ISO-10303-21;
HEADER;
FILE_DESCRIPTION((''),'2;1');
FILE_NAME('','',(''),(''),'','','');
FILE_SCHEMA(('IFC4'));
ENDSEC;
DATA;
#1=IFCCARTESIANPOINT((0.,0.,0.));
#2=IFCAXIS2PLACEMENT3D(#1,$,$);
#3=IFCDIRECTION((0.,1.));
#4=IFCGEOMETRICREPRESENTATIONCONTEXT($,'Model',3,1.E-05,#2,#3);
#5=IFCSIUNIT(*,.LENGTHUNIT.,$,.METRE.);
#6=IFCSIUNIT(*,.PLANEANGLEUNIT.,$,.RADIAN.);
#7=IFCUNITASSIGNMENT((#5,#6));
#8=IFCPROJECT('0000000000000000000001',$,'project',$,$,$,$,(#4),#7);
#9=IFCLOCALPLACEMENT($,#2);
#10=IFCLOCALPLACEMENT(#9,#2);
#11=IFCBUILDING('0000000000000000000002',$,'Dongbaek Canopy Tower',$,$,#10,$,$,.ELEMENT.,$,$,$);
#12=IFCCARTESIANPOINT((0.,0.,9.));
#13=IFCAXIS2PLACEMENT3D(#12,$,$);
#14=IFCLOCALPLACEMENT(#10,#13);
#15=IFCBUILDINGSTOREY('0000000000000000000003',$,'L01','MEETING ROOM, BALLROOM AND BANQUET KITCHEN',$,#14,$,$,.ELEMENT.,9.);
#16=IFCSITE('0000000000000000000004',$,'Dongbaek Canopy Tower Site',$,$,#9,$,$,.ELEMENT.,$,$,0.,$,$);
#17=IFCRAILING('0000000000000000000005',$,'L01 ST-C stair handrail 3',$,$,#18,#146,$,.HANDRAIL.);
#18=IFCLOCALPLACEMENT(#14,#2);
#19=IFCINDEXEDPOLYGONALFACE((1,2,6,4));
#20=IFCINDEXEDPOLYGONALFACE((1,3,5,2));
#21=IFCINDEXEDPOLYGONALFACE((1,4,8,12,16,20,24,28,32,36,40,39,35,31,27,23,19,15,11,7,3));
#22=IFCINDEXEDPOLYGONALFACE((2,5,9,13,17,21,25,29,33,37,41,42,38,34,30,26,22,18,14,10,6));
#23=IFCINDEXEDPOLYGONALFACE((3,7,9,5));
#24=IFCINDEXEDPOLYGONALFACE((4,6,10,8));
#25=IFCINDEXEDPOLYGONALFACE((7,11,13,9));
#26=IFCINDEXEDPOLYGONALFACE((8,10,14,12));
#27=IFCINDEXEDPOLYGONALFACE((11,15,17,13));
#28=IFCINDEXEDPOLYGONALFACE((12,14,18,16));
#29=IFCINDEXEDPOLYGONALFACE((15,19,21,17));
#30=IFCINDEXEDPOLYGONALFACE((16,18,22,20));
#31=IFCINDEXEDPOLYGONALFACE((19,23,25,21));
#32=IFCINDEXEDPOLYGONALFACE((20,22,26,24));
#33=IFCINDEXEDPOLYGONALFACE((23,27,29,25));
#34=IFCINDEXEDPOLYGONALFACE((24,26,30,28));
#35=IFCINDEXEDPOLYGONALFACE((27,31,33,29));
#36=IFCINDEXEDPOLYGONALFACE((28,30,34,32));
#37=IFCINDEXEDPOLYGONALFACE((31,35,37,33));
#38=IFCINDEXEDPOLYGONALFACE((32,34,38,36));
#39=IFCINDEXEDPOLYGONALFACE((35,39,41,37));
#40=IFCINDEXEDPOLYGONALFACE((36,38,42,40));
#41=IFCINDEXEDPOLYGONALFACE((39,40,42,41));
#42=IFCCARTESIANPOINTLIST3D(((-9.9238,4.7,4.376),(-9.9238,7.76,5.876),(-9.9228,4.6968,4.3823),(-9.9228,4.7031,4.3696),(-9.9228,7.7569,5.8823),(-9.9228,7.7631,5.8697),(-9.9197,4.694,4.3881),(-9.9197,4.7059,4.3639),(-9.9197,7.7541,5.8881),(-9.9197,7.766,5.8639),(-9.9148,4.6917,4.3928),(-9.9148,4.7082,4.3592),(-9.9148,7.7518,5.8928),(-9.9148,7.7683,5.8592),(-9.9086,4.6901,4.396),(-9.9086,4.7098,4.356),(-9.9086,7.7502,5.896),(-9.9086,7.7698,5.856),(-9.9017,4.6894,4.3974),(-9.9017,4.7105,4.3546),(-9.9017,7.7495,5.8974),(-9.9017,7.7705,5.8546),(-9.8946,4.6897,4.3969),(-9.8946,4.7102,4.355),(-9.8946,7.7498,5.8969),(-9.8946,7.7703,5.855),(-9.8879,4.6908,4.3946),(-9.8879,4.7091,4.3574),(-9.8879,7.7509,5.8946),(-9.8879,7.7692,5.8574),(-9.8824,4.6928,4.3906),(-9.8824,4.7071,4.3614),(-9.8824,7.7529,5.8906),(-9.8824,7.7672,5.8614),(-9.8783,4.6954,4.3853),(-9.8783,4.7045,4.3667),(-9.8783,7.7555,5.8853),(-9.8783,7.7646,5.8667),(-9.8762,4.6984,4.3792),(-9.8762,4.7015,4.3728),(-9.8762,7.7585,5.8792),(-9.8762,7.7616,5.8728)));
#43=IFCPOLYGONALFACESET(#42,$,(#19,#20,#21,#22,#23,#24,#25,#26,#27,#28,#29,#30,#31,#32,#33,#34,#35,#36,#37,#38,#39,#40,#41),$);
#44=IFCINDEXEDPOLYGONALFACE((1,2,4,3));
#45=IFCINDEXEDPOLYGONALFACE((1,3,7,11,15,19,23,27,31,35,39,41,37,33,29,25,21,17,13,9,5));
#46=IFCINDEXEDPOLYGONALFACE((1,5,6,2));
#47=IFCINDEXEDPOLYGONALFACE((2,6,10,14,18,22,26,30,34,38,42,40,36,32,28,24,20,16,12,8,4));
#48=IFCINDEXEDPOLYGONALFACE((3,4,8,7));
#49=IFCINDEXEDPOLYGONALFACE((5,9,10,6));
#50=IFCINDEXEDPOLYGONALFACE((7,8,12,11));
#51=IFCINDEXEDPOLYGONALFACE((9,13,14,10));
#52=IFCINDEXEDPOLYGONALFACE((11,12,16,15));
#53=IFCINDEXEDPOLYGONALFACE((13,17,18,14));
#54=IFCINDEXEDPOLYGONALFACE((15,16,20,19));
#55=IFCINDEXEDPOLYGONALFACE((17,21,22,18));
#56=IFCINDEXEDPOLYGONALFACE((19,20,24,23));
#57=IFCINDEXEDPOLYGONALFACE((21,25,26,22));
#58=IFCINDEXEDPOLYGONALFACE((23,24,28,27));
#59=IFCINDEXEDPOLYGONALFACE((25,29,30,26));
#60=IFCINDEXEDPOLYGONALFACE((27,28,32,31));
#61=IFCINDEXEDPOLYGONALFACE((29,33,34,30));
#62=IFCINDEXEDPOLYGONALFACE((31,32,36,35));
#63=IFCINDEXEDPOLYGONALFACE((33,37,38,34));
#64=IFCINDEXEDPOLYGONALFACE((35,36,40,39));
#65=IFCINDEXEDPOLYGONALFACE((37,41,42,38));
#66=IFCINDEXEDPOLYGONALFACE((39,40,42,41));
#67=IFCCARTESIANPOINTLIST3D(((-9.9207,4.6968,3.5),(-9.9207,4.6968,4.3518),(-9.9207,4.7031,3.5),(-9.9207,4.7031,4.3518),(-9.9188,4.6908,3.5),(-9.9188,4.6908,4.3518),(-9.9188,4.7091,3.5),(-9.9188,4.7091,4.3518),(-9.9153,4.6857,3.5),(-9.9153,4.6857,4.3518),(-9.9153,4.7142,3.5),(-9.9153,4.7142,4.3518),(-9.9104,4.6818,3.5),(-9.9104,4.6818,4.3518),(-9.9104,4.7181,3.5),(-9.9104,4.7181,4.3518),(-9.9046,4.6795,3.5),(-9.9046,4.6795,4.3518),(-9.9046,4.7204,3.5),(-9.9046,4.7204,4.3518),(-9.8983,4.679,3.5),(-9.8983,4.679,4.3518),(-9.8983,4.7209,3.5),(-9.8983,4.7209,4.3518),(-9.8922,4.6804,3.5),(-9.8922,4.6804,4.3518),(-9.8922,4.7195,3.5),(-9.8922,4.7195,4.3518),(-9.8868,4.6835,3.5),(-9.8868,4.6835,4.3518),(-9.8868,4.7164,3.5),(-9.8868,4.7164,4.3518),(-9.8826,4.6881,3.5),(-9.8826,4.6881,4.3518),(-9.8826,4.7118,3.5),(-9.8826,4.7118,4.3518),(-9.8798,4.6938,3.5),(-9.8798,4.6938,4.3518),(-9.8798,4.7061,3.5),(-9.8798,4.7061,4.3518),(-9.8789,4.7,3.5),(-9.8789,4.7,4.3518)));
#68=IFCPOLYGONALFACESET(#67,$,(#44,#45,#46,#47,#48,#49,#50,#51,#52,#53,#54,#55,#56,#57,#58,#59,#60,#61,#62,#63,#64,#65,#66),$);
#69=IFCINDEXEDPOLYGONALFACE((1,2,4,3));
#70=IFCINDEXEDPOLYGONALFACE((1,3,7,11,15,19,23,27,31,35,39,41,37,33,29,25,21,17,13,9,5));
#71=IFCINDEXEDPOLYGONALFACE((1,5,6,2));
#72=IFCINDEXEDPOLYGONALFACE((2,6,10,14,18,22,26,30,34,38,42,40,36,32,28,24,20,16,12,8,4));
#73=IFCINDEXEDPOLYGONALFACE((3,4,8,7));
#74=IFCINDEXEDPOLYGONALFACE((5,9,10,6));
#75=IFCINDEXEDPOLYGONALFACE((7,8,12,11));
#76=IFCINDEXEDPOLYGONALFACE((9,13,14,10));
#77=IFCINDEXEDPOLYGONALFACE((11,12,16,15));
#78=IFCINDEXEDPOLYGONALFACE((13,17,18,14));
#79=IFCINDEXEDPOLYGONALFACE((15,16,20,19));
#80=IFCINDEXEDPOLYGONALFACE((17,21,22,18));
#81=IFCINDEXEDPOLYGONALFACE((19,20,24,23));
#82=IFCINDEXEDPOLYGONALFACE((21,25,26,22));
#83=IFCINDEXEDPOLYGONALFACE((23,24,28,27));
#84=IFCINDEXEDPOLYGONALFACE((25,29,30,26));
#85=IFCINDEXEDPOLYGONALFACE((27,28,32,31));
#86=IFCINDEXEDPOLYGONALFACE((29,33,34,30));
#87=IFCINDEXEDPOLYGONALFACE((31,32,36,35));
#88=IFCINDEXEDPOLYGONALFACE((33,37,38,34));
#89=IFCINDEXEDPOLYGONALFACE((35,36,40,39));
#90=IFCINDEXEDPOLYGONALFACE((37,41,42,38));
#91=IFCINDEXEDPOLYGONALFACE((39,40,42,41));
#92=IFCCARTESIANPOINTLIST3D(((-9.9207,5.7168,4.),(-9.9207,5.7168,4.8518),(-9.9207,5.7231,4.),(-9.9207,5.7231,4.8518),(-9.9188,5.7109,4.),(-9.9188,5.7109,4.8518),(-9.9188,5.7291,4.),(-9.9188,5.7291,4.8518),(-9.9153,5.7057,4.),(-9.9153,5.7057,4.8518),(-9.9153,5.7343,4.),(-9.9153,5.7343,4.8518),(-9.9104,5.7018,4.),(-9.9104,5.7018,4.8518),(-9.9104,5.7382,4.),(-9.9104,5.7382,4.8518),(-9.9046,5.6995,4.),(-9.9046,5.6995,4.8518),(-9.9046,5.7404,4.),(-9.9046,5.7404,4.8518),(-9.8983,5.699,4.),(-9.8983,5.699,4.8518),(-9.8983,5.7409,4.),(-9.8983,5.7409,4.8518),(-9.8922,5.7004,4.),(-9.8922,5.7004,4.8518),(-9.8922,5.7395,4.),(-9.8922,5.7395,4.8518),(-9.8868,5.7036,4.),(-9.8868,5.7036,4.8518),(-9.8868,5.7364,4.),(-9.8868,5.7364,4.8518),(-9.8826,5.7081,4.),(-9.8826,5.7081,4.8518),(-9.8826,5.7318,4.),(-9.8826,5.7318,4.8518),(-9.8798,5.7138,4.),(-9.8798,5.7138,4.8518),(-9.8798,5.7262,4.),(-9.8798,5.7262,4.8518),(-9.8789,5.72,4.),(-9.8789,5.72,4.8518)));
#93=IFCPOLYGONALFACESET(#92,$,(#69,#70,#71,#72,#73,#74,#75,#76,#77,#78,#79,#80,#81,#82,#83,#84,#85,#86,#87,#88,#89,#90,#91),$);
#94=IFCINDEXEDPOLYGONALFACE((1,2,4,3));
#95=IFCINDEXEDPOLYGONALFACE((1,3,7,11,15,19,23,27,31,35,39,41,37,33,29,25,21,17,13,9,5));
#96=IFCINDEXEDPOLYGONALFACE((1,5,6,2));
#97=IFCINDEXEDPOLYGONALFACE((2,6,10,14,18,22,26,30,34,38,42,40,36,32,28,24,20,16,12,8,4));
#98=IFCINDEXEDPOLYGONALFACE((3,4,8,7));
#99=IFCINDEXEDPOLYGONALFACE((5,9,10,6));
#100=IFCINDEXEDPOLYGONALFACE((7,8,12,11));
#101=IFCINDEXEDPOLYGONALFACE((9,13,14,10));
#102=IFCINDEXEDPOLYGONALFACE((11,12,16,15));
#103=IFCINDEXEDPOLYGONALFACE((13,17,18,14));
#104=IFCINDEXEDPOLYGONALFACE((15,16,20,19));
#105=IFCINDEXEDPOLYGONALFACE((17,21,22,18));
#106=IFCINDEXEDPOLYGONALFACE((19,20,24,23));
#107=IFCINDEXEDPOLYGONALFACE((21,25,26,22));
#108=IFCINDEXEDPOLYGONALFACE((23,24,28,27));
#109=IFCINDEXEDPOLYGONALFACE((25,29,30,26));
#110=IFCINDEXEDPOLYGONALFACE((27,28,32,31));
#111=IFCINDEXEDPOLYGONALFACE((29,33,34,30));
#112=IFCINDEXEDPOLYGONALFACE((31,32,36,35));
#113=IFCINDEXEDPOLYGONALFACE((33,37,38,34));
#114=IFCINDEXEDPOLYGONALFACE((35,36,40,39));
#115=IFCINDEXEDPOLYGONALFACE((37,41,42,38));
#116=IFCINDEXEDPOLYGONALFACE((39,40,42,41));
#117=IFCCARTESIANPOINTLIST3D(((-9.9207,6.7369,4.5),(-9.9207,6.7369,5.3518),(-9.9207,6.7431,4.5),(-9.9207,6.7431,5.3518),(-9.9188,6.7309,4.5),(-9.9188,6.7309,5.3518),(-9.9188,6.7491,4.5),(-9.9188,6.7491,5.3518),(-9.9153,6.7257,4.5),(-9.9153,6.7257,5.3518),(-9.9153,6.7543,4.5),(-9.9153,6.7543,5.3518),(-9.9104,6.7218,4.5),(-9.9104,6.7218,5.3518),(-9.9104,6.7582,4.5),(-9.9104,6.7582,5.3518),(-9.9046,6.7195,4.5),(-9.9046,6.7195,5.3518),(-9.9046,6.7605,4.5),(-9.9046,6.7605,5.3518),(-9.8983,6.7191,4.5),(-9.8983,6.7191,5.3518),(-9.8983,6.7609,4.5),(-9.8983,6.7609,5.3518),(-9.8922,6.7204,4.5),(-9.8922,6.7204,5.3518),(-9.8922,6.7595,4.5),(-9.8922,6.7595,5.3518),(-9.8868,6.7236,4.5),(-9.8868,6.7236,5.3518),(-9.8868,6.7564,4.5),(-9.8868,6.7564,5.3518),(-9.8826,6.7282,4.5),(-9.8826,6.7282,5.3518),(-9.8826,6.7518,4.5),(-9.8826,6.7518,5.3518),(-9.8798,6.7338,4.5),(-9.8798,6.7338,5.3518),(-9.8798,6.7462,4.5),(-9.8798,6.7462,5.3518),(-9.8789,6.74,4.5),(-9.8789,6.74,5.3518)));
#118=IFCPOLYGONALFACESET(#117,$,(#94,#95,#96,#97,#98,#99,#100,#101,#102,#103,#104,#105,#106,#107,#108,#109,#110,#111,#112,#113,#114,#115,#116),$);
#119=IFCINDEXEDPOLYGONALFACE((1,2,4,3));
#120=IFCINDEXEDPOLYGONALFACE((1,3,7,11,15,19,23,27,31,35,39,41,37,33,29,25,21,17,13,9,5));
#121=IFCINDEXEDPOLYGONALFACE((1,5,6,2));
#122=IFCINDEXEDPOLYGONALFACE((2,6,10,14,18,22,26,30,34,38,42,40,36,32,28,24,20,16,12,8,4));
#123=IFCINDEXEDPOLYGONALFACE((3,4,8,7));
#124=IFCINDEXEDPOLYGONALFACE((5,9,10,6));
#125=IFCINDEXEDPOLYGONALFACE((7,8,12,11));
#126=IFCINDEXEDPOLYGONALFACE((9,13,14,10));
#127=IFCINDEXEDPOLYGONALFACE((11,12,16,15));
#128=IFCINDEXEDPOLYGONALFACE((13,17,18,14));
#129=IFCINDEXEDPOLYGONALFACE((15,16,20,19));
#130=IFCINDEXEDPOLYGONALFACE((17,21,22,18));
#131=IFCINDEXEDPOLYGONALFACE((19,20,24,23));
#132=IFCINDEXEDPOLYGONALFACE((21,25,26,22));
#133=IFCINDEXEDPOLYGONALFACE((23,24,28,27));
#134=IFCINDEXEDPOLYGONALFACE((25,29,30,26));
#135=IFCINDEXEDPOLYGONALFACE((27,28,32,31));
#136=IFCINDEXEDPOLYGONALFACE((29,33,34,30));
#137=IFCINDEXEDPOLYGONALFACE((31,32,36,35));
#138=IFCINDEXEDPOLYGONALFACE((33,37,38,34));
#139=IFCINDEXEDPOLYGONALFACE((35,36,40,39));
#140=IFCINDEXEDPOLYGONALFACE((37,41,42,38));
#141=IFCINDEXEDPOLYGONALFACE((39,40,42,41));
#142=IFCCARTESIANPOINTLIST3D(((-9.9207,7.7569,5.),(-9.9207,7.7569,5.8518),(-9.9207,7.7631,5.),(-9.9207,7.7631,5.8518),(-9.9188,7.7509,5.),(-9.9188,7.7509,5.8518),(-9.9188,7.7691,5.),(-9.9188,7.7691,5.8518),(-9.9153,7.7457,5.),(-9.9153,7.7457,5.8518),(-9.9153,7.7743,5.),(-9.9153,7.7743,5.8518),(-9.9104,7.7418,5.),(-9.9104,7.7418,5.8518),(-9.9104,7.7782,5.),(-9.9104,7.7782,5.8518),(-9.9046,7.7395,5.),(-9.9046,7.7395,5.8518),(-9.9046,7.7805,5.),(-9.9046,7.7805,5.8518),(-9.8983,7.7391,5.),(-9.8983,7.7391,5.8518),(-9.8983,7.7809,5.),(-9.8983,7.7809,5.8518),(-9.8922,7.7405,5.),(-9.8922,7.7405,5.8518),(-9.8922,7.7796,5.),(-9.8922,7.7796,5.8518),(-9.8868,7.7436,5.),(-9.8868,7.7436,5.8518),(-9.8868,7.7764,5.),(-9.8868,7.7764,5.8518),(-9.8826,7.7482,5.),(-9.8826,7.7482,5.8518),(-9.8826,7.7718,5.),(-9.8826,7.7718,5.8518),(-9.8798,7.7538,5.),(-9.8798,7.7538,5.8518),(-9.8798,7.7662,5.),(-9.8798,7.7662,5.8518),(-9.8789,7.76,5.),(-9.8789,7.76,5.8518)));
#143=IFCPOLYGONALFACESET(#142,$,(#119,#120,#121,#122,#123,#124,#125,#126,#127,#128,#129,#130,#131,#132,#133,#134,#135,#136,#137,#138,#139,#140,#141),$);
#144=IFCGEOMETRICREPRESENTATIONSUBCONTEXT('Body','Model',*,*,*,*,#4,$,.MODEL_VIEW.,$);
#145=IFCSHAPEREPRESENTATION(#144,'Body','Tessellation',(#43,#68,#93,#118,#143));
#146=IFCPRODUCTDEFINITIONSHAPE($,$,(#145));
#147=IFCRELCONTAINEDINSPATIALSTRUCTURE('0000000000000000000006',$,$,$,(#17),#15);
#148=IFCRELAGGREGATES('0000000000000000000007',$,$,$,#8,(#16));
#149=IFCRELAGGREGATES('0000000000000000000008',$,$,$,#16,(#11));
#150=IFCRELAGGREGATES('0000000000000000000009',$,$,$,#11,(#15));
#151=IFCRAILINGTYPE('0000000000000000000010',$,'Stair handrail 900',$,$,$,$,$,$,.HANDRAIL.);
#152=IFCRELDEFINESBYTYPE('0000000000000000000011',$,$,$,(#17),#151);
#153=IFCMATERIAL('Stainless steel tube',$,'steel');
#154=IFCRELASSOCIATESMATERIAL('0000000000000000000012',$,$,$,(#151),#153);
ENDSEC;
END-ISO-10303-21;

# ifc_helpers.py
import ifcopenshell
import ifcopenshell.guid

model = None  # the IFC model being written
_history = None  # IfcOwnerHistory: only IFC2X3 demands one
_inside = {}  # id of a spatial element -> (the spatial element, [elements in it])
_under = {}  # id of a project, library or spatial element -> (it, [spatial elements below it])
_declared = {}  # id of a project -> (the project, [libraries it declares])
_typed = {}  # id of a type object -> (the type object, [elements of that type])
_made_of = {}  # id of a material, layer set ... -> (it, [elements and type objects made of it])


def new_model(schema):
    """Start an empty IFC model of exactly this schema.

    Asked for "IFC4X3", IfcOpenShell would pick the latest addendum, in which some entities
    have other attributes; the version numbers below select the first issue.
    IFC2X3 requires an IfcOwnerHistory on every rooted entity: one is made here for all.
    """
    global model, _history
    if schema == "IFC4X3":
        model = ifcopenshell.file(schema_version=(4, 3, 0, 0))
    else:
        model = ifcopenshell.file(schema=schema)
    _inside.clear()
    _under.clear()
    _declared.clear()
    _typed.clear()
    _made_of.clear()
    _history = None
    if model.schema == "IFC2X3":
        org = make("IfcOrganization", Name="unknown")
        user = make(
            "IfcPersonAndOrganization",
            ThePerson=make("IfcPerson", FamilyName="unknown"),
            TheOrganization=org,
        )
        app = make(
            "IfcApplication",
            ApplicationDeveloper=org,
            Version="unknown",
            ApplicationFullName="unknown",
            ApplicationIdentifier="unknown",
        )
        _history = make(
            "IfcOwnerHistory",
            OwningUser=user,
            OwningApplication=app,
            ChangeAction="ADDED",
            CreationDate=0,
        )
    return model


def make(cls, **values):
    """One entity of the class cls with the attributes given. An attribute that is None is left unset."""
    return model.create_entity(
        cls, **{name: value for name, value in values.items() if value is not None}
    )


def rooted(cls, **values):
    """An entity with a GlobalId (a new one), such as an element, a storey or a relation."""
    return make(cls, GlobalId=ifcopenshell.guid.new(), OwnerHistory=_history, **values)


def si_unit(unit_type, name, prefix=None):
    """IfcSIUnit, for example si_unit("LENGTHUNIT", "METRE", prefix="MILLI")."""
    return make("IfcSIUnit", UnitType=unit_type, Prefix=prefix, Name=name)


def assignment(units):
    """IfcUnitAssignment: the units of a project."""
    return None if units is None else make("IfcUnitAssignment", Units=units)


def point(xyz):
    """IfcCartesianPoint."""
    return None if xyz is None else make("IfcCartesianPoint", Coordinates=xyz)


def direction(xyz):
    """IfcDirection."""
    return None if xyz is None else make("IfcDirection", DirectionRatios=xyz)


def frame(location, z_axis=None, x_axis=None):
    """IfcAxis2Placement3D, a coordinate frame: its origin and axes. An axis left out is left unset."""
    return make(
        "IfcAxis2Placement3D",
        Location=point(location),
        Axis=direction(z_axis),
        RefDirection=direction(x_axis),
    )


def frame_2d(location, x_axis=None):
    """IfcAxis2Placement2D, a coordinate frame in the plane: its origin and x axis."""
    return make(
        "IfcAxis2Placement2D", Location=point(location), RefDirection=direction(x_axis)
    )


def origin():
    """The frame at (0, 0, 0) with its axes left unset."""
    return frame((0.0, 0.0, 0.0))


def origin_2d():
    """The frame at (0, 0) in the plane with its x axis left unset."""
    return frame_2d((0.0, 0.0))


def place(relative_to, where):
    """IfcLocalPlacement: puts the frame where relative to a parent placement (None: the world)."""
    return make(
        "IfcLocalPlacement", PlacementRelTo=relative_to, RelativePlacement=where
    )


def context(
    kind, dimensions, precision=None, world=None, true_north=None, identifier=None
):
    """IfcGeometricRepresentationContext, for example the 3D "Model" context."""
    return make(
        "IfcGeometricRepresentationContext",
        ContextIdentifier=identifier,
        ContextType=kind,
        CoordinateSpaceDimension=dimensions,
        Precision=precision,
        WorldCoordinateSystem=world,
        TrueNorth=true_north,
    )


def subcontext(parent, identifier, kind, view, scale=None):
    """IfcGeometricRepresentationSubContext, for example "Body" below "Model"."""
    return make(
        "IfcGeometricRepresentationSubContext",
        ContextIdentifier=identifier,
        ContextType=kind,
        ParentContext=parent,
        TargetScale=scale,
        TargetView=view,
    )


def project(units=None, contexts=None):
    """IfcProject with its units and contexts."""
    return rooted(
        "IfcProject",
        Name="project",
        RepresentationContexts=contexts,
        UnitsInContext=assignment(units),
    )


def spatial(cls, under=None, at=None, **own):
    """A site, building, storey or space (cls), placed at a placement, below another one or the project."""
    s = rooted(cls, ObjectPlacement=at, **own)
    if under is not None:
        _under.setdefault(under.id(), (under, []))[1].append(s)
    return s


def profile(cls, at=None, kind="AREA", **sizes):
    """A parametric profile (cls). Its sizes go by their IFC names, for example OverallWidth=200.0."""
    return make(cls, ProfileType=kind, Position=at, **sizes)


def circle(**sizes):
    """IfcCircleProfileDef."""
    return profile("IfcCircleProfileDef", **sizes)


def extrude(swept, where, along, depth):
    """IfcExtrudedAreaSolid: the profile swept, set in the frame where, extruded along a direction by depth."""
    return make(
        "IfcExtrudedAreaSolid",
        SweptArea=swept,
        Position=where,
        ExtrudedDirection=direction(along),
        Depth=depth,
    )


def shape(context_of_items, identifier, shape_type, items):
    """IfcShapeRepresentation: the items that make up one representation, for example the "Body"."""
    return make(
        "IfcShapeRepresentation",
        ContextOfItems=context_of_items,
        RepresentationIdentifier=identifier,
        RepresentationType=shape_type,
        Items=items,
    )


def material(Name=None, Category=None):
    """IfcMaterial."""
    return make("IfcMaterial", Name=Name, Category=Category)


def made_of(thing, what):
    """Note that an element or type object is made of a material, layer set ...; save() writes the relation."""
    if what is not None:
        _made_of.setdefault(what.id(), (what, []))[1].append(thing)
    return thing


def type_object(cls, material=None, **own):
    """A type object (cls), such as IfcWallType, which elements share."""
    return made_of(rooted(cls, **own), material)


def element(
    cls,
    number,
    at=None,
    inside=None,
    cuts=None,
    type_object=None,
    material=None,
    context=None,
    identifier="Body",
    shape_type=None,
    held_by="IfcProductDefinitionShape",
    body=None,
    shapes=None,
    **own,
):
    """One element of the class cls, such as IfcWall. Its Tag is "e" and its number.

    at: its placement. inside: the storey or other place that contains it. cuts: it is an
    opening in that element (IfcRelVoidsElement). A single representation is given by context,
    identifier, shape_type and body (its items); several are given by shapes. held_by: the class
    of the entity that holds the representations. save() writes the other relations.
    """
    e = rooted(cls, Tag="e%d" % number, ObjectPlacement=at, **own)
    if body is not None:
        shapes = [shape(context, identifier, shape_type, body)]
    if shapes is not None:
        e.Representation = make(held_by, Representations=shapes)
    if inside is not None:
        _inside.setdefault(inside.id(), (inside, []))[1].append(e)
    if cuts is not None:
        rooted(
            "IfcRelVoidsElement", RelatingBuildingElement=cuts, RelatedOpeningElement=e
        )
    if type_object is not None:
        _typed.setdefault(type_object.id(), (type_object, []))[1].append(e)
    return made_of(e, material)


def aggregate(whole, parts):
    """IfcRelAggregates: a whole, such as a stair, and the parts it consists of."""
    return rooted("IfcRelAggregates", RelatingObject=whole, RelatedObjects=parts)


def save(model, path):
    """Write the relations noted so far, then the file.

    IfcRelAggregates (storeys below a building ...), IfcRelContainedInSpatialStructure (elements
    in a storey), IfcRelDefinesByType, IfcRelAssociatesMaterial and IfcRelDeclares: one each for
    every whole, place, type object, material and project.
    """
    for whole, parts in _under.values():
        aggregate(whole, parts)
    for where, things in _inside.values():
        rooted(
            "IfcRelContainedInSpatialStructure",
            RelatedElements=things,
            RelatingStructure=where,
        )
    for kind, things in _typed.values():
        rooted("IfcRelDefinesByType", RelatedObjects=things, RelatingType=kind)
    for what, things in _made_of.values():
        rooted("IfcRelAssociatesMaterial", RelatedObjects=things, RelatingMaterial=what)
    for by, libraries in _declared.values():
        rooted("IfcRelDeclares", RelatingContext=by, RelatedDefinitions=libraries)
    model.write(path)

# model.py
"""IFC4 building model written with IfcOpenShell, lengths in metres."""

from ifc_helpers import new_model, si_unit, direction, frame, origin, origin_2d, place, context, subcontext, project, spatial, circle, extrude, material, type_object, element, save


model = new_model("IFC4")

# Units and contexts
model_context = context("Model", 3, precision=1e-05, world=origin(), true_north=direction((0.0, 1.0)))
body_context = subcontext(model_context, "Body", "Model", "MODEL_VIEW")
ifc_project = project(units=[si_unit("LENGTHUNIT", "METRE"), si_unit("PLANEANGLEUNIT", "RADIAN")], contexts=[model_context])

# Site, building, storey
site_placement = place(None, origin())
site = spatial("IfcSite", under=ifc_project, at=site_placement, Name="Dongbaek Canopy Tower Site", CompositionType="ELEMENT", RefElevation=0.0)
building_placement = place(site_placement, origin())
building = spatial("IfcBuilding", under=site, at=building_placement, Name="Dongbaek Canopy Tower", CompositionType="ELEMENT")
storey_placement = place(building_placement, frame((0.0, 0.0, 9.0)))
storey = spatial("IfcBuildingStorey", under=building, at=storey_placement, Name="L01", Description="MEETING ROOM, BALLROOM AND BANQUET KITCHEN", CompositionType="ELEMENT", Elevation=9.0)

# Railing
ifc_material_1 = material(Name="Stainless steel tube", Category="steel")
railing_type_1 = type_object("IfcRailingType", Name="Stair handrail 900", PredefinedType="HANDRAIL", material=ifc_material_1)
railing_1_placement = place(storey_placement, frame((-9.8999, 4.7, 3.5)))
element("IfcRailing", 1, at=railing_1_placement, inside=storey, type_object=railing_type_1, Name="L01 ST-C stair handrail 3", PredefinedType="HANDRAIL", context=body_context, shape_type="SweptSolid", body=[
    extrude(circle(Radius=0.0239, at=origin_2d()), frame((0.0, 0.0, 0.876), z_axis=(0.0, 0.897924, 0.44015), x_axis=(-1.0, 0.0, 0.0)), (0.0, 0.0, 1.0), 3.408),
    extrude(circle(Radius=0.021, at=origin_2d()), origin(), (0.0, 0.0, 1.0), 0.8518),
    extrude(circle(Radius=0.021, at=origin_2d()), frame((0.0, 1.02, 0.5)), (0.0, 0.0, 1.0), 0.8518),
    extrude(circle(Radius=0.021, at=origin_2d()), frame((0.0, 2.04, 1.0)), (0.0, 0.0, 1.0), 0.8518),
    extrude(circle(Radius=0.021, at=origin_2d()), frame((0.0, 3.0601, 1.5)), (0.0, 0.0, 1.0), 0.8518),
])

save(model, "model.ifc")
